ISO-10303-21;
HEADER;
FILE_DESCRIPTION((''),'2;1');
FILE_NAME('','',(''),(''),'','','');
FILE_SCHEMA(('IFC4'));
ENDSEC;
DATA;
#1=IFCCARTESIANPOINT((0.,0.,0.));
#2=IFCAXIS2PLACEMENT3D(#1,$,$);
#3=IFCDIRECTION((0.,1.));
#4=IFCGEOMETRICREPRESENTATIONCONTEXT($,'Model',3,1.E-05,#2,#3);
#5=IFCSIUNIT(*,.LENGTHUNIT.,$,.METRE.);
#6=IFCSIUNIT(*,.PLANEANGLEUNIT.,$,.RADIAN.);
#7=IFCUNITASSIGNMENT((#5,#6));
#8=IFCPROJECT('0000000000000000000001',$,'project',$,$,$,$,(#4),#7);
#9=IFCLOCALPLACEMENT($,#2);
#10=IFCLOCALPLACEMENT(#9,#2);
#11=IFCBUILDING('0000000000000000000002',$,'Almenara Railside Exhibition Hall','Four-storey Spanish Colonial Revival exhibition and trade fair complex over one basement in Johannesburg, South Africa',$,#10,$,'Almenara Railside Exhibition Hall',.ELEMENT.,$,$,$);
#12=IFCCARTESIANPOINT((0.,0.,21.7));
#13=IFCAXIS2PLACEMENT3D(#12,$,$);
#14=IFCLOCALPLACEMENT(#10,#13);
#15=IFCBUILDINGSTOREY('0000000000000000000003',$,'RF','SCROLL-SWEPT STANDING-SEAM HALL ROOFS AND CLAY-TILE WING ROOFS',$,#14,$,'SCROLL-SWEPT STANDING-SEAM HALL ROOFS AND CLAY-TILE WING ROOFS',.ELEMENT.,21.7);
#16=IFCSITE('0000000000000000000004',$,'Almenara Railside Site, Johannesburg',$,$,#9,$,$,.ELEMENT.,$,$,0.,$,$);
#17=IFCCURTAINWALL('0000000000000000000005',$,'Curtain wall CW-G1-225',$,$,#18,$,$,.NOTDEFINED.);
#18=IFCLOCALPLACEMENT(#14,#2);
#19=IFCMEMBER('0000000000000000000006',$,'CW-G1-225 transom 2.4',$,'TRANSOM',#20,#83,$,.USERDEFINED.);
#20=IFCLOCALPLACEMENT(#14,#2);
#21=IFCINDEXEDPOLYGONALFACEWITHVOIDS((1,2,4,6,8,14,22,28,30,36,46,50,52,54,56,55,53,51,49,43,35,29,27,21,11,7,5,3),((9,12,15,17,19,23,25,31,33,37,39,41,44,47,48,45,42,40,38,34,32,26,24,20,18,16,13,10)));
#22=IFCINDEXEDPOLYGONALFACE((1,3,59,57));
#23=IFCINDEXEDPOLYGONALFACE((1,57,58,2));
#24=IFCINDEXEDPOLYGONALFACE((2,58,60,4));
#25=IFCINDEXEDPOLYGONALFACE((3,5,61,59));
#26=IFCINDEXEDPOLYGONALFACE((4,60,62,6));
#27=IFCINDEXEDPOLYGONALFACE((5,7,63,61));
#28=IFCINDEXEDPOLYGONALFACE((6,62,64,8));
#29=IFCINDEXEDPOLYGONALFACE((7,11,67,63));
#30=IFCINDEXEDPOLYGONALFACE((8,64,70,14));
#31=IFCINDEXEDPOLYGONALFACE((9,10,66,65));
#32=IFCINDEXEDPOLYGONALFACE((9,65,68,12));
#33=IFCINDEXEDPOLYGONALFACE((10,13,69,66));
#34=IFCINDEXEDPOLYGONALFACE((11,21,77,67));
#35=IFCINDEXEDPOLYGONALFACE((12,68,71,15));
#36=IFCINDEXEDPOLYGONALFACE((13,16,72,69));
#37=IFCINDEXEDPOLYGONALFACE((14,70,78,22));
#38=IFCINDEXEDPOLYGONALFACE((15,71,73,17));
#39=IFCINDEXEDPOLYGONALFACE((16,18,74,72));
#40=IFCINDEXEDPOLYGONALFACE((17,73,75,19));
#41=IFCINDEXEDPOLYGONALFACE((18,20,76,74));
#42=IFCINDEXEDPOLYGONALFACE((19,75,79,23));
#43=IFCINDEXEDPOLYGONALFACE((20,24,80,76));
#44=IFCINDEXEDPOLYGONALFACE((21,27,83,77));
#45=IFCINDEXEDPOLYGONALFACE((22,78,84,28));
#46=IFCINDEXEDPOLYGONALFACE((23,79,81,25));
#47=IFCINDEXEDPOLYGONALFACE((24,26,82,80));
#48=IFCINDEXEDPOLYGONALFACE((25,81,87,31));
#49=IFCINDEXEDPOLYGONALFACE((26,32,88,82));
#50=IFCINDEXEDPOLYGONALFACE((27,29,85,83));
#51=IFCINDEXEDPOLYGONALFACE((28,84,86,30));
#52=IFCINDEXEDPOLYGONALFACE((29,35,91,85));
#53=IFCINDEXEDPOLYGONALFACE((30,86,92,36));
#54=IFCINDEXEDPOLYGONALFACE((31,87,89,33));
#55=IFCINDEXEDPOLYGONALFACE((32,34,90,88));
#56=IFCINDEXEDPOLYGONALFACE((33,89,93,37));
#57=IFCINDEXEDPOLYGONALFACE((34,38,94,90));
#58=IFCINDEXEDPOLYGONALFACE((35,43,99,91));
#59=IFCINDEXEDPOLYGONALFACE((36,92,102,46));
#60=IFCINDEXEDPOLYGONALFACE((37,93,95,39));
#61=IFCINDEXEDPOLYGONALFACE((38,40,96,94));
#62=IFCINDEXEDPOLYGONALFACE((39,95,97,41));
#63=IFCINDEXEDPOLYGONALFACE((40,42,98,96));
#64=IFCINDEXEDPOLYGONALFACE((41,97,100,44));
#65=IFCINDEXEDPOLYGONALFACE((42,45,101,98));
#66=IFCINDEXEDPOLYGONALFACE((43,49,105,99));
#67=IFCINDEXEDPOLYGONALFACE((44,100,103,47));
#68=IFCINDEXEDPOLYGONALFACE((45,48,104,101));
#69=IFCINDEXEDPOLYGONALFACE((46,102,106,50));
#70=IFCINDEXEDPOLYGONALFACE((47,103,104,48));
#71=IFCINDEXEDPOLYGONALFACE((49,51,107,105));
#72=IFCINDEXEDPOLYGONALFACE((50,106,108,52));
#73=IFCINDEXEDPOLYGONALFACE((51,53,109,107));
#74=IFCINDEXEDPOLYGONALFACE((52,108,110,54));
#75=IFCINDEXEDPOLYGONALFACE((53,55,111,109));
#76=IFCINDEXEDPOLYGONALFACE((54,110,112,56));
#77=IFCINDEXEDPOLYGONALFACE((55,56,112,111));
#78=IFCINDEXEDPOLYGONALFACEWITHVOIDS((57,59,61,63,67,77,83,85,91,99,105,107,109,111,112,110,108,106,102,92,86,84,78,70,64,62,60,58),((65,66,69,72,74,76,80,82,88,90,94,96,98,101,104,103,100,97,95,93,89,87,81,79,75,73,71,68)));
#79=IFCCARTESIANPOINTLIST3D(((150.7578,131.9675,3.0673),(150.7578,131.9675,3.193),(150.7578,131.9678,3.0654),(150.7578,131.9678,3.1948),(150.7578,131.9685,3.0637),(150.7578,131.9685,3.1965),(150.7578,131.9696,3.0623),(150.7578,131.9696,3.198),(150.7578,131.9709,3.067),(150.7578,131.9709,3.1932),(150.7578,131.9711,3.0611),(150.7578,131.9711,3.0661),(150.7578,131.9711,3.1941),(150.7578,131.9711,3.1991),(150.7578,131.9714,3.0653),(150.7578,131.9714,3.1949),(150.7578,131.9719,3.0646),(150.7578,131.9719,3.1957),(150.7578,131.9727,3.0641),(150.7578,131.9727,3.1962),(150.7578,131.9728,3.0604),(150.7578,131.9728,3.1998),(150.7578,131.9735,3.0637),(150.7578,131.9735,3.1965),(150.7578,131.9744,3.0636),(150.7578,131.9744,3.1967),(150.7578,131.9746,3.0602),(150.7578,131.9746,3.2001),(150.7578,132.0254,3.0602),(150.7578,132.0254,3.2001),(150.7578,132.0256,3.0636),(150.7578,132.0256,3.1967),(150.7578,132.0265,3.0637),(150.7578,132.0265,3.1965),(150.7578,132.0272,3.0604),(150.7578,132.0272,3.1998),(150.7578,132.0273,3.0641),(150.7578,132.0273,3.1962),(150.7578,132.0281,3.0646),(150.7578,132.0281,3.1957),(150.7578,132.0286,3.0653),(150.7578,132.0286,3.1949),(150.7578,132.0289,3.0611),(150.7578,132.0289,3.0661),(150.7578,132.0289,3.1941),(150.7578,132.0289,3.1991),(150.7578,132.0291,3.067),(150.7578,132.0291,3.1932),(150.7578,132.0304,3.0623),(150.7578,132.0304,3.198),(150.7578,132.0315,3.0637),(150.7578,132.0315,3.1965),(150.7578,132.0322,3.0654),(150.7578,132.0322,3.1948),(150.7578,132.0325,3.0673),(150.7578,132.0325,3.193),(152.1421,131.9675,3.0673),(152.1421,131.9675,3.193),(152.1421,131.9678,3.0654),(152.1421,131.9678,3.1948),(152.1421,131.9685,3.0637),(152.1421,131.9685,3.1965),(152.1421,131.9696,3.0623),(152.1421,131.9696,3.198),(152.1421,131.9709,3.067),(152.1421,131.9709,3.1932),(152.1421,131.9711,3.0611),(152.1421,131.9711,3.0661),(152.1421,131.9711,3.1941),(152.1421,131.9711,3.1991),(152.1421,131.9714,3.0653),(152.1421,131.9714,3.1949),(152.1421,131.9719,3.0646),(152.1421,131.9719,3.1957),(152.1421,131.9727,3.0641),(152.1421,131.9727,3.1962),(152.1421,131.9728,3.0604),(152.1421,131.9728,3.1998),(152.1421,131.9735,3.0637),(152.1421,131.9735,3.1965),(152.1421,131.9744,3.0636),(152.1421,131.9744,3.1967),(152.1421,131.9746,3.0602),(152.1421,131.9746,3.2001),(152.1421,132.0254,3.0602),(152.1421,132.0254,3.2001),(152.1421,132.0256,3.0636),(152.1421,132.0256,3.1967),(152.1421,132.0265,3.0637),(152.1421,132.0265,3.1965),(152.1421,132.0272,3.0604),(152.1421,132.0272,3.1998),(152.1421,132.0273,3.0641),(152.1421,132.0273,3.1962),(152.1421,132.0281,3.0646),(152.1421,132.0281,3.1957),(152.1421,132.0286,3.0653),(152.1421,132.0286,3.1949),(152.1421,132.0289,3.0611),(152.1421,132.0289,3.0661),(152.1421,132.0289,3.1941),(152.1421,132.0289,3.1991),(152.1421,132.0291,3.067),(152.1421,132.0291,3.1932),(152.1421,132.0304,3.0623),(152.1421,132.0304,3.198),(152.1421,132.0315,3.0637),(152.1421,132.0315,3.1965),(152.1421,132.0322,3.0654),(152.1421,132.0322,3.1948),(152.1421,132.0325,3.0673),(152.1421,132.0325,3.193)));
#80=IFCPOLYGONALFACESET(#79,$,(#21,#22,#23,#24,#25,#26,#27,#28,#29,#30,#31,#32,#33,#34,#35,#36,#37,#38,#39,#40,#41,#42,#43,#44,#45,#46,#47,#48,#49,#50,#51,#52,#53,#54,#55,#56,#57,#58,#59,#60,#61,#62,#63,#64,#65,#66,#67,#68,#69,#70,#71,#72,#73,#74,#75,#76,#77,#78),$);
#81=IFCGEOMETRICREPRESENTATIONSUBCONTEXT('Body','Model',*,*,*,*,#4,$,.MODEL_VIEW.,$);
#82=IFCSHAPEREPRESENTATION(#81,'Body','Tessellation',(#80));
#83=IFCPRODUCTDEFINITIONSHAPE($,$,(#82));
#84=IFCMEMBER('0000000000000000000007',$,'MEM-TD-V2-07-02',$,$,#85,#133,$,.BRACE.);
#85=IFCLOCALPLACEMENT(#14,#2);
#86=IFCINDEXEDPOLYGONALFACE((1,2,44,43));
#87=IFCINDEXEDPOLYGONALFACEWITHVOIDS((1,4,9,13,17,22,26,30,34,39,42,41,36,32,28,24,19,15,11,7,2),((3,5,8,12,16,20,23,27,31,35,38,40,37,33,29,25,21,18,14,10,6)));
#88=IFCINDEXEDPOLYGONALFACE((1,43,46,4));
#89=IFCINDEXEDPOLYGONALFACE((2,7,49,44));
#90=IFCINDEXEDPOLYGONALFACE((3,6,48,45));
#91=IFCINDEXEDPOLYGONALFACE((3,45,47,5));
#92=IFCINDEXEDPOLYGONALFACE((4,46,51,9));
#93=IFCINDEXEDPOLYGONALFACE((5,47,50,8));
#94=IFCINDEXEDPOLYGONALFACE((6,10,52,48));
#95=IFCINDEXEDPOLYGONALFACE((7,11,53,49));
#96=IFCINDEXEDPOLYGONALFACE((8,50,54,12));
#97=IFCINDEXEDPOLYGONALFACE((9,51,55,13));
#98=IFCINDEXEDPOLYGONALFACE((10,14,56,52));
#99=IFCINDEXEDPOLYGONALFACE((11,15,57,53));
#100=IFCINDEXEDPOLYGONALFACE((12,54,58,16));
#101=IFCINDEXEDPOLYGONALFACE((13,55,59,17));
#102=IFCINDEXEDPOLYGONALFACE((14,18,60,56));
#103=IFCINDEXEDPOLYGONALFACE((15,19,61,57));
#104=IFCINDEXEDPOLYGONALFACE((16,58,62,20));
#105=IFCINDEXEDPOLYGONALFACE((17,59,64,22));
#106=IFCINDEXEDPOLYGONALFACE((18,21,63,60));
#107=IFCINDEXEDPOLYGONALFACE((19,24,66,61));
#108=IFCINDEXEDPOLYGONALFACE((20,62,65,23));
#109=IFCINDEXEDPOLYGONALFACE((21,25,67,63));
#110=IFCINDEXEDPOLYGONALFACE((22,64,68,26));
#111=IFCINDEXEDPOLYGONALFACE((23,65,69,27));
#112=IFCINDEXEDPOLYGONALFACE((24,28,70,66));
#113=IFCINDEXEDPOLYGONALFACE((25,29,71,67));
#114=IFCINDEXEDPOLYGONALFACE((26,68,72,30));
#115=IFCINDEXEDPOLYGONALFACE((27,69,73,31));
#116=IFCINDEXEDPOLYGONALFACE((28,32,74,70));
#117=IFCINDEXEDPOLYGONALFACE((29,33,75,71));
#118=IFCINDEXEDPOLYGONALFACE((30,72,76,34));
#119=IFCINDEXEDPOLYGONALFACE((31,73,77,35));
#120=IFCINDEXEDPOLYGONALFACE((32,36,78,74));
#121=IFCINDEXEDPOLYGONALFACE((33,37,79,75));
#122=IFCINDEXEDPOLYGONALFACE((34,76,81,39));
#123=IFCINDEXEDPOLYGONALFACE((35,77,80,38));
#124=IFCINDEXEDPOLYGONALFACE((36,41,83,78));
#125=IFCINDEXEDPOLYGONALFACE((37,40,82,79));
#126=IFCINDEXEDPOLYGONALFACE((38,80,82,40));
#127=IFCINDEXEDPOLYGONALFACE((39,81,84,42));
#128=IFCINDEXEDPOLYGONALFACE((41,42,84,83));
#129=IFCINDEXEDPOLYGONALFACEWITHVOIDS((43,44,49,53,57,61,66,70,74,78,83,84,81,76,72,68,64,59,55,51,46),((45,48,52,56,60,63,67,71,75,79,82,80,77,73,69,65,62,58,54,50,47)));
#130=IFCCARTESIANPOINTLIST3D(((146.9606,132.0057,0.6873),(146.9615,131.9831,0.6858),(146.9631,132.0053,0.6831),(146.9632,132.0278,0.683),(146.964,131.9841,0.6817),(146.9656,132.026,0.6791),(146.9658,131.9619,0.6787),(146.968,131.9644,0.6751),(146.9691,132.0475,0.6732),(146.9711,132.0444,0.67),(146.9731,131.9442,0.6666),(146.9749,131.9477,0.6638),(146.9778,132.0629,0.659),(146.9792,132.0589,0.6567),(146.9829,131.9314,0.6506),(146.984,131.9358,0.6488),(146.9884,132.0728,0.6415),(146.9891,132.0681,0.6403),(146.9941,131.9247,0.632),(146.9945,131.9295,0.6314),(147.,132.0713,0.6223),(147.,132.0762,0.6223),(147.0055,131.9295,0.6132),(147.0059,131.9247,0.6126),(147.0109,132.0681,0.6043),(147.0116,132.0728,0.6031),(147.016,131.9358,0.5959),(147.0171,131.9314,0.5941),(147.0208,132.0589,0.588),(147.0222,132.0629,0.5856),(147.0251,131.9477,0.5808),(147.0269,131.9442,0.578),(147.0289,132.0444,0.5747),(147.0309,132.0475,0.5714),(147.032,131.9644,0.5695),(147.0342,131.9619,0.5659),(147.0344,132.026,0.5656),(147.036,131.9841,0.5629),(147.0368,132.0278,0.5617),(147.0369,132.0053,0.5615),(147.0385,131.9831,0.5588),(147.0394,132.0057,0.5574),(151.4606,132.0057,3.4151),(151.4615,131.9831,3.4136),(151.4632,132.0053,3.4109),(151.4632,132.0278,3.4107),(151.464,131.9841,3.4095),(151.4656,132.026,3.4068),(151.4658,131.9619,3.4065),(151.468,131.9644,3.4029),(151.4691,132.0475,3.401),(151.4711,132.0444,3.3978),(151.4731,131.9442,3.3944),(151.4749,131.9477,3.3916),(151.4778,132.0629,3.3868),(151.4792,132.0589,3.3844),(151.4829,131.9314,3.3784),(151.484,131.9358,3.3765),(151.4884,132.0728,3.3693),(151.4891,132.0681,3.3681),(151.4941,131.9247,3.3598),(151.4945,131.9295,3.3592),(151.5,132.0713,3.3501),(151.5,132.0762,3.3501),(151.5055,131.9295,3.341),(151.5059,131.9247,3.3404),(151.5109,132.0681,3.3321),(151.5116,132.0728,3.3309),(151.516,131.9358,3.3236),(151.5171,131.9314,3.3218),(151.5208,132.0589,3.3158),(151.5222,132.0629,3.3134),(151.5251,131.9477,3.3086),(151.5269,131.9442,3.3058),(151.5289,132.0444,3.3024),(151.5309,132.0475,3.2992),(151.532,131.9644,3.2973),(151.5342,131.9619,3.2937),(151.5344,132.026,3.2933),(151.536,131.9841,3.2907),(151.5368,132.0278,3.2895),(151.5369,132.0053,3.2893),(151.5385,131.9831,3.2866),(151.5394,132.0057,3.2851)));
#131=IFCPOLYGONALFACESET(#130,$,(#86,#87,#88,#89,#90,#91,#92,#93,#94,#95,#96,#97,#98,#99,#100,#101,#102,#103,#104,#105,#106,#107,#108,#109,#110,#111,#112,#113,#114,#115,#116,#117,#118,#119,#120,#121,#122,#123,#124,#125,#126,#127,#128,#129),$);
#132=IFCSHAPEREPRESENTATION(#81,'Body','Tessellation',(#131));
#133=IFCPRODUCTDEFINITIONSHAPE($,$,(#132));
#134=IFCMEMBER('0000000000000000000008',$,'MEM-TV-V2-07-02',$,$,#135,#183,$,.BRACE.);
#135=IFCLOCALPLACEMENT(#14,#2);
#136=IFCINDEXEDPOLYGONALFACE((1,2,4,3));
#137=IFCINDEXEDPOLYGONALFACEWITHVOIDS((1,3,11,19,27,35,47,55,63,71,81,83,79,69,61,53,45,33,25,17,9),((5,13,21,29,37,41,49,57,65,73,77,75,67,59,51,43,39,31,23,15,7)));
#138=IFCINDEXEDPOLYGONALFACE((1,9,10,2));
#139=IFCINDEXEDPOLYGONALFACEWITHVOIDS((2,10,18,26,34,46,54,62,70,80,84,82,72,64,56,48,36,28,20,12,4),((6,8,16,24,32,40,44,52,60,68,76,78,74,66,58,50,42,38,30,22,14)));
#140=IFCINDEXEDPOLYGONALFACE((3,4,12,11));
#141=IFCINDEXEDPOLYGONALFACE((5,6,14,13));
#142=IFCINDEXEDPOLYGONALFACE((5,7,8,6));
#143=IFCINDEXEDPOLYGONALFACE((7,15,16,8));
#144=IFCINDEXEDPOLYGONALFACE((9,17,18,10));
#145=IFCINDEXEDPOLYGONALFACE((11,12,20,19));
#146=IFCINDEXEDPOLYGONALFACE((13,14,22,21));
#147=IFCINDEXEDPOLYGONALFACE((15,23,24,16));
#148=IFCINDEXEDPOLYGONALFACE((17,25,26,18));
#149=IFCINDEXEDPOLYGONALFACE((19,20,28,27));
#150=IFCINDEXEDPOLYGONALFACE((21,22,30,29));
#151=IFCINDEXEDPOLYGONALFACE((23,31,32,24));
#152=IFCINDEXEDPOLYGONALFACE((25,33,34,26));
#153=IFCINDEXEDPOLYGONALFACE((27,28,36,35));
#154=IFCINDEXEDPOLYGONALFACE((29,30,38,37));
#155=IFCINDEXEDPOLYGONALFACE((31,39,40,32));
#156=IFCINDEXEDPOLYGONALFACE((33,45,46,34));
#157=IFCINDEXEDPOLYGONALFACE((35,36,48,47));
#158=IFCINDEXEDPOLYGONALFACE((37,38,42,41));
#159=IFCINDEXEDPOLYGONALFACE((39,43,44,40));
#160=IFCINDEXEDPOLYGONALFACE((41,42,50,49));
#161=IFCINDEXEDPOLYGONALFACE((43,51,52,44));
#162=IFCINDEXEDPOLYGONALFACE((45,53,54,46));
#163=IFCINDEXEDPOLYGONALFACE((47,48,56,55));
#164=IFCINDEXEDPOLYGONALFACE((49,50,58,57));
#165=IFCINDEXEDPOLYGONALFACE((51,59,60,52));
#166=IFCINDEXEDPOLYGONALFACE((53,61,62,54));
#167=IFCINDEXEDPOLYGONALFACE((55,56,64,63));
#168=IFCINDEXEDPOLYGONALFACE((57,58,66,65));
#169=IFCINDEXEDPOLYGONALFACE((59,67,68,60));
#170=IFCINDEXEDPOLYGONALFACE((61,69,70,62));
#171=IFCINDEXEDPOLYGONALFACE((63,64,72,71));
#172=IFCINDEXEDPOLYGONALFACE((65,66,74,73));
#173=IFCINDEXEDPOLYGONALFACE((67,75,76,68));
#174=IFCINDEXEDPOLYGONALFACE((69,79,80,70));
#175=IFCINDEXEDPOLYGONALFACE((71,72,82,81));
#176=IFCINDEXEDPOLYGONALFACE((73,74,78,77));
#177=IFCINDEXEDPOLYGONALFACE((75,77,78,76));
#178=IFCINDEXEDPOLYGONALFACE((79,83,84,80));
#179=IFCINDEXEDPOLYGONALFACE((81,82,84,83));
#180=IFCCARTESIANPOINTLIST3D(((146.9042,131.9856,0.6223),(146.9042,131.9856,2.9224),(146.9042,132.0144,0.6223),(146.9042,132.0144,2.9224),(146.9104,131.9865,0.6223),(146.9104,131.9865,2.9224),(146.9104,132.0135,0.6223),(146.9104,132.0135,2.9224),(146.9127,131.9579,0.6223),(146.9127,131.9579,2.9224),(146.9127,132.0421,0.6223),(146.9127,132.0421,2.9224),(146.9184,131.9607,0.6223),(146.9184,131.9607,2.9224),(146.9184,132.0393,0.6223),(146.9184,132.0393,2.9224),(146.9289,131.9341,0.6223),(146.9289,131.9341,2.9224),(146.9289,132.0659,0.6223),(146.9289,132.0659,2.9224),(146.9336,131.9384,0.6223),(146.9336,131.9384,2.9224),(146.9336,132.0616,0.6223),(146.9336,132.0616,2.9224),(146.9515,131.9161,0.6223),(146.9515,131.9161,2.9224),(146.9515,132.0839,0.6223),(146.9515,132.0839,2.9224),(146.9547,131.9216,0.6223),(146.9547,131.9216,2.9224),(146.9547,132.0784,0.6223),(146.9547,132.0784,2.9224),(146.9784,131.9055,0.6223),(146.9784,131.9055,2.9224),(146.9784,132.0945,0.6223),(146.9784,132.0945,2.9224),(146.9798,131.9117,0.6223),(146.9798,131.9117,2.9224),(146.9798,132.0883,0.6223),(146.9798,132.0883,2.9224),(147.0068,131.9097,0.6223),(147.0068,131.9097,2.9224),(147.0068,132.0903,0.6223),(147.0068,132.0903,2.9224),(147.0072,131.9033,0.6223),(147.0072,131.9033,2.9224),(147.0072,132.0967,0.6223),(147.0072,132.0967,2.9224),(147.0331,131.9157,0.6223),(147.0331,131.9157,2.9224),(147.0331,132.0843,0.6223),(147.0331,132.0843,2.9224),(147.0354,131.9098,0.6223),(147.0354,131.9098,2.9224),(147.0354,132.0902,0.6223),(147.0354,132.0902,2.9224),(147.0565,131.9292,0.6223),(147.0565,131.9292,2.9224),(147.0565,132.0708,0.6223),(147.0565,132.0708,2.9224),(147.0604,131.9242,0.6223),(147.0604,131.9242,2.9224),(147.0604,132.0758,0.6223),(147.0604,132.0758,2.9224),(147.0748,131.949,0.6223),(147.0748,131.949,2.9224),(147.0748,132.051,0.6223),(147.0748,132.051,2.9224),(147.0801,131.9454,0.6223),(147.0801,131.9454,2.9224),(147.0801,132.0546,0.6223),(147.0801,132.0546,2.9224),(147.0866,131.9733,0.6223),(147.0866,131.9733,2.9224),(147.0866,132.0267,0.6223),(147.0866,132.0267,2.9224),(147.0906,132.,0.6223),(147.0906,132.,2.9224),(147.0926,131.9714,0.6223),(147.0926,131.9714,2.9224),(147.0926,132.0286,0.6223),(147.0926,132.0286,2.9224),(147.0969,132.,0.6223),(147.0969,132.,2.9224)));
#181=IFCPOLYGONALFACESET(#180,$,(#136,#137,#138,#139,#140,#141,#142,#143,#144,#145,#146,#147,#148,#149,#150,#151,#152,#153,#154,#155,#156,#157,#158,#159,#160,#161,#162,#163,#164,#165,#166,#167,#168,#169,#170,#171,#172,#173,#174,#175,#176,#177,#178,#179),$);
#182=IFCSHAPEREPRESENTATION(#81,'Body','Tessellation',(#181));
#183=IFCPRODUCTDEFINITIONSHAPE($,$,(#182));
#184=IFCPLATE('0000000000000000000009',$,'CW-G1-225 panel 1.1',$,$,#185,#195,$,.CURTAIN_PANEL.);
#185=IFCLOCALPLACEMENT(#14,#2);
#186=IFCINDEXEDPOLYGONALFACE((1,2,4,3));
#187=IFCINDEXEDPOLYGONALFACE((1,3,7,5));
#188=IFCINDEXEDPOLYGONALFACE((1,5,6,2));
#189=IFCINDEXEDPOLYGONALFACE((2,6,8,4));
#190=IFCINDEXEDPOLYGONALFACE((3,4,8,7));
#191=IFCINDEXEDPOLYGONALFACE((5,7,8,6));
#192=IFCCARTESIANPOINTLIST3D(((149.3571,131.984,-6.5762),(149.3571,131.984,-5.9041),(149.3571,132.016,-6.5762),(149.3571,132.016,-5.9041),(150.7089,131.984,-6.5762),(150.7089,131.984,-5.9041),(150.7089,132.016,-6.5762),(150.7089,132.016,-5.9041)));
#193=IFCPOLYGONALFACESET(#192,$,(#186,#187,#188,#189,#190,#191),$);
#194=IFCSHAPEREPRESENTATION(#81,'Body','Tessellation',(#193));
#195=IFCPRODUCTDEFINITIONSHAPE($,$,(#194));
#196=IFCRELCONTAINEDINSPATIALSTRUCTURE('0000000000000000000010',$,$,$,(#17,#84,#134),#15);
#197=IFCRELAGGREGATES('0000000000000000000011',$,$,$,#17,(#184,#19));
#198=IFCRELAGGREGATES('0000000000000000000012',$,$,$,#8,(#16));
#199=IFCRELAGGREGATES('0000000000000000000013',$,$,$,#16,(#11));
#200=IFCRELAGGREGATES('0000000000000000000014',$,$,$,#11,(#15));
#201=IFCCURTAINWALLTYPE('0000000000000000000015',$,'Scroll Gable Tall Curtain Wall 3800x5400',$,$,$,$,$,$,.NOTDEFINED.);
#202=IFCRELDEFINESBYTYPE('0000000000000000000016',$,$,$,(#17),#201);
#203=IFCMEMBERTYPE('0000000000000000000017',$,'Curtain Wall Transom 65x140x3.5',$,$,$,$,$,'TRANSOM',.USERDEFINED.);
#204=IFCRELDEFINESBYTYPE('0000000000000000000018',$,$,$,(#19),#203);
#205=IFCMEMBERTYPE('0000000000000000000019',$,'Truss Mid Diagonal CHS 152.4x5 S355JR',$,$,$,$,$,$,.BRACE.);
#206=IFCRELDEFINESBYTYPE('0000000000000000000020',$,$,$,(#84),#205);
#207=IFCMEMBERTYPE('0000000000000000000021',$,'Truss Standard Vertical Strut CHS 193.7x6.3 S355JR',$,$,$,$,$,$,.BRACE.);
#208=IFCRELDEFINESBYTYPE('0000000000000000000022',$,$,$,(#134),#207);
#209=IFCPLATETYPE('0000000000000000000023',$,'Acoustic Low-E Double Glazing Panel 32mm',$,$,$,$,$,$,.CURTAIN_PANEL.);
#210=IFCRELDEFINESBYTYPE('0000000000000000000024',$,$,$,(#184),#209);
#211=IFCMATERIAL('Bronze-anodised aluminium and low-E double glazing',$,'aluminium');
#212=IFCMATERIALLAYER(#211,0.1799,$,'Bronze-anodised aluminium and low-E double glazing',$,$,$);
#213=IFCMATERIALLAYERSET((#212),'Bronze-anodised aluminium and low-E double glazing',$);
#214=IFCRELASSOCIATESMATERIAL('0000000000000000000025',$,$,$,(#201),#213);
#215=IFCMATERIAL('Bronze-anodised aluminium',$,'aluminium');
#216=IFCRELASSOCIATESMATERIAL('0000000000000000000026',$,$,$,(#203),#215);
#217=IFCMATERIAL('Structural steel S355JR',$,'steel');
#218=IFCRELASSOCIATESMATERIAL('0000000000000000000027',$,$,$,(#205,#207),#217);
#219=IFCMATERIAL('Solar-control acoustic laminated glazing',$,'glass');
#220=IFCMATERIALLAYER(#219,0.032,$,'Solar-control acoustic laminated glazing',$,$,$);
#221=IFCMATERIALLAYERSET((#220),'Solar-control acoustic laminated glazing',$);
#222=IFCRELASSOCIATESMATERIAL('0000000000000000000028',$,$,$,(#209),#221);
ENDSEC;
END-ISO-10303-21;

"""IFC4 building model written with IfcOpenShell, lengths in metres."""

from ifc_helpers import new_model, si_unit, direction, frame, origin, origin_2d, place, context, subcontext, project, spatial, rectangle, hollow_rectangle, hollow_circle, extrude, material, layer, layer_set, material_profile, profile_set, type_object, element, aggregate, save


model = new_model("IFC4")

# Units and contexts
model_context = context("Model", 3, precision=1e-05, world=origin(), true_north=direction((0.0, 1.0)))
body_context = subcontext(model_context, "Body", "Model", "MODEL_VIEW")
ifc_project = project(units=[si_unit("LENGTHUNIT", "METRE"), si_unit("PLANEANGLEUNIT", "RADIAN")], contexts=[model_context])

# Site, building, storey
site_placement = place(None, origin())
site = spatial("IfcSite", under=ifc_project, at=site_placement, Name="Almenara Railside Site, Johannesburg", CompositionType="ELEMENT", RefElevation=0.0)
building_placement = place(site_placement, origin())
building = spatial("IfcBuilding", under=site, at=building_placement, Name="Almenara Railside Exhibition Hall", Description="Four-storey Spanish Colonial Revival exhibition and trade fair complex over one basement in Johannesburg, South Africa", LongName="Almenara Railside Exhibition Hall", CompositionType="ELEMENT")
storey_placement = place(building_placement, frame((0.0, 0.0, 21.7)))
storey = spatial("IfcBuildingStorey", under=building, at=storey_placement, Name="RF", Description="SCROLL-SWEPT STANDING-SEAM HALL ROOFS AND CLAY-TILE WING ROOFS", LongName="SCROLL-SWEPT STANDING-SEAM HALL ROOFS AND CLAY-TILE WING ROOFS", CompositionType="ELEMENT", Elevation=21.7)

# Shared definitions
ifc_material_1 = material(Name="Structural steel S355JR", Category="steel")

# Curtain wall
ifc_material_2 = material(Name="Bronze-anodised aluminium and low-E double glazing", Category="aluminium")
ifc_material_3 = material(Name="Bronze-anodised aluminium", Category="aluminium")
ifc_layer_1 = layer(ifc_material_2, 0.1799, Name="Bronze-anodised aluminium and low-E double glazing")
ifc_layer_set_1 = layer_set([ifc_layer_1], Name="Bronze-anodised aluminium and low-E double glazing")
curtain_wall_type_1 = type_object("IfcCurtainWallType", Name="Scroll Gable Tall Curtain Wall 3800x5400", PredefinedType="NOTDEFINED", material=ifc_layer_set_1)
curtain_wall_1_placement = place(storey_placement, origin())
curtain_wall_1 = element("IfcCurtainWall", 1, at=curtain_wall_1_placement, inside=storey, type_object=curtain_wall_type_1, Name="Curtain wall CW-G1-225", PredefinedType="NOTDEFINED")

# Member
ifc_material_profile_1 = material_profile(ifc_material_3, hollow_rectangle(XDim=0.0649, YDim=0.1399, WallThickness=0.0034, InnerFilletRadius=0.0034, OuterFilletRadius=0.0071, at=origin_2d()), Name="ALU-TRN 65x140x3.5")
ifc_profile_set_1 = profile_set([ifc_material_profile_1], Name="Bronze-anodised aluminium")
member_type_1 = type_object("IfcMemberType", Name="Curtain Wall Transom 65x140x3.5", ElementType="TRANSOM", PredefinedType="USERDEFINED", material=ifc_profile_set_1)
member_1_placement = place(storey_placement, frame((150.7578, 132.0, 3.1301), z_axis=(1.0, 0.0, 0.0), x_axis=(0.0, 1.0, 0.0)))
member_1 = element("IfcMember", 2, at=member_1_placement, type_object=member_type_1, Name="CW-G1-225 transom 2.4", ObjectType="TRANSOM", PredefinedType="USERDEFINED", context=body_context, shape_type="SweptSolid", body=[
    extrude(hollow_rectangle(XDim=0.0649, YDim=0.1399, WallThickness=0.0034, InnerFilletRadius=0.0034, OuterFilletRadius=0.0071, at=origin_2d()), origin(), (0.0, 0.0, 1.0), 1.3843),
])

# Members
ifc_material_profile_2 = material_profile(ifc_material_1, hollow_circle(Radius=0.0762, WallThickness=0.0049, at=origin_2d()), Name="CHS 152.4x5")
ifc_profile_set_2 = profile_set([ifc_material_profile_2], Name="Structural steel S355JR")
member_type_2 = type_object("IfcMemberType", Name="Truss Mid Diagonal CHS 152.4x5 S355JR", PredefinedType="BRACE", material=ifc_profile_set_2)
member_2_placement = place(storey_placement, frame((147.0, 132.0, 0.6223), z_axis=(0.855155, 0.0, 0.518373), x_axis=(0.0, 1.0, 0.0)))
element("IfcMember", 3, at=member_2_placement, inside=storey, type_object=member_type_2, Name="MEM-TD-V2-07-02", PredefinedType="BRACE", context=body_context, shape_type="SweptSolid", body=[
    extrude(hollow_circle(Radius=0.0762, WallThickness=0.0049, at=origin_2d()), origin(), (0.0, 0.0, 1.0), 5.2622),
])
ifc_material_profile_3 = material_profile(ifc_material_1, hollow_circle(Radius=0.0969, WallThickness=0.0063, at=origin_2d()), Name="CHS 193.7x6.3")
ifc_profile_set_3 = profile_set([ifc_material_profile_3], Name="Structural steel S355JR")
member_type_3 = type_object("IfcMemberType", Name="Truss Standard Vertical Strut CHS 193.7x6.3 S355JR", PredefinedType="BRACE", material=ifc_profile_set_3)
member_3_placement = place(storey_placement, frame((147.0, 132.0, 0.6223), z_axis=(0.0, 0.0, 1.0), x_axis=(1.0, 0.0, 0.0)))
element("IfcMember", 4, at=member_3_placement, inside=storey, type_object=member_type_3, Name="MEM-TV-V2-07-02", PredefinedType="BRACE", context=body_context, shape_type="SweptSolid", body=[
    extrude(hollow_circle(Radius=0.0969, WallThickness=0.0063, at=origin_2d()), origin(), (0.0, 0.0, 1.0), 2.3),
])

# Plate
ifc_material_4 = material(Name="Solar-control acoustic laminated glazing", Category="glass")
ifc_layer_2 = layer(ifc_material_4, 0.032, Name="Solar-control acoustic laminated glazing")
ifc_layer_set_2 = layer_set([ifc_layer_2], Name="Solar-control acoustic laminated glazing")
plate_type_1 = type_object("IfcPlateType", Name="Acoustic Low-E Double Glazing Panel 32mm", PredefinedType="CURTAIN_PANEL", material=ifc_layer_set_2)
plate_1_placement = place(storey_placement, frame((150.033, 132.0, -6.5762), z_axis=(0.0, 0.0, 1.0), x_axis=(1.0, 0.0, 0.0)))
plate_1 = element("IfcPlate", 5, at=plate_1_placement, type_object=plate_type_1, Name="CW-G1-225 panel 1.1", PredefinedType="CURTAIN_PANEL", context=body_context, shape_type="SweptSolid", body=[
    extrude(rectangle(XDim=1.3518, YDim=0.032, at=origin_2d()), origin(), (0.0, 0.0, 1.0), 0.6721),
])
aggregate(curtain_wall_1, [plate_1, member_1])

save(model, "model.ifc")
